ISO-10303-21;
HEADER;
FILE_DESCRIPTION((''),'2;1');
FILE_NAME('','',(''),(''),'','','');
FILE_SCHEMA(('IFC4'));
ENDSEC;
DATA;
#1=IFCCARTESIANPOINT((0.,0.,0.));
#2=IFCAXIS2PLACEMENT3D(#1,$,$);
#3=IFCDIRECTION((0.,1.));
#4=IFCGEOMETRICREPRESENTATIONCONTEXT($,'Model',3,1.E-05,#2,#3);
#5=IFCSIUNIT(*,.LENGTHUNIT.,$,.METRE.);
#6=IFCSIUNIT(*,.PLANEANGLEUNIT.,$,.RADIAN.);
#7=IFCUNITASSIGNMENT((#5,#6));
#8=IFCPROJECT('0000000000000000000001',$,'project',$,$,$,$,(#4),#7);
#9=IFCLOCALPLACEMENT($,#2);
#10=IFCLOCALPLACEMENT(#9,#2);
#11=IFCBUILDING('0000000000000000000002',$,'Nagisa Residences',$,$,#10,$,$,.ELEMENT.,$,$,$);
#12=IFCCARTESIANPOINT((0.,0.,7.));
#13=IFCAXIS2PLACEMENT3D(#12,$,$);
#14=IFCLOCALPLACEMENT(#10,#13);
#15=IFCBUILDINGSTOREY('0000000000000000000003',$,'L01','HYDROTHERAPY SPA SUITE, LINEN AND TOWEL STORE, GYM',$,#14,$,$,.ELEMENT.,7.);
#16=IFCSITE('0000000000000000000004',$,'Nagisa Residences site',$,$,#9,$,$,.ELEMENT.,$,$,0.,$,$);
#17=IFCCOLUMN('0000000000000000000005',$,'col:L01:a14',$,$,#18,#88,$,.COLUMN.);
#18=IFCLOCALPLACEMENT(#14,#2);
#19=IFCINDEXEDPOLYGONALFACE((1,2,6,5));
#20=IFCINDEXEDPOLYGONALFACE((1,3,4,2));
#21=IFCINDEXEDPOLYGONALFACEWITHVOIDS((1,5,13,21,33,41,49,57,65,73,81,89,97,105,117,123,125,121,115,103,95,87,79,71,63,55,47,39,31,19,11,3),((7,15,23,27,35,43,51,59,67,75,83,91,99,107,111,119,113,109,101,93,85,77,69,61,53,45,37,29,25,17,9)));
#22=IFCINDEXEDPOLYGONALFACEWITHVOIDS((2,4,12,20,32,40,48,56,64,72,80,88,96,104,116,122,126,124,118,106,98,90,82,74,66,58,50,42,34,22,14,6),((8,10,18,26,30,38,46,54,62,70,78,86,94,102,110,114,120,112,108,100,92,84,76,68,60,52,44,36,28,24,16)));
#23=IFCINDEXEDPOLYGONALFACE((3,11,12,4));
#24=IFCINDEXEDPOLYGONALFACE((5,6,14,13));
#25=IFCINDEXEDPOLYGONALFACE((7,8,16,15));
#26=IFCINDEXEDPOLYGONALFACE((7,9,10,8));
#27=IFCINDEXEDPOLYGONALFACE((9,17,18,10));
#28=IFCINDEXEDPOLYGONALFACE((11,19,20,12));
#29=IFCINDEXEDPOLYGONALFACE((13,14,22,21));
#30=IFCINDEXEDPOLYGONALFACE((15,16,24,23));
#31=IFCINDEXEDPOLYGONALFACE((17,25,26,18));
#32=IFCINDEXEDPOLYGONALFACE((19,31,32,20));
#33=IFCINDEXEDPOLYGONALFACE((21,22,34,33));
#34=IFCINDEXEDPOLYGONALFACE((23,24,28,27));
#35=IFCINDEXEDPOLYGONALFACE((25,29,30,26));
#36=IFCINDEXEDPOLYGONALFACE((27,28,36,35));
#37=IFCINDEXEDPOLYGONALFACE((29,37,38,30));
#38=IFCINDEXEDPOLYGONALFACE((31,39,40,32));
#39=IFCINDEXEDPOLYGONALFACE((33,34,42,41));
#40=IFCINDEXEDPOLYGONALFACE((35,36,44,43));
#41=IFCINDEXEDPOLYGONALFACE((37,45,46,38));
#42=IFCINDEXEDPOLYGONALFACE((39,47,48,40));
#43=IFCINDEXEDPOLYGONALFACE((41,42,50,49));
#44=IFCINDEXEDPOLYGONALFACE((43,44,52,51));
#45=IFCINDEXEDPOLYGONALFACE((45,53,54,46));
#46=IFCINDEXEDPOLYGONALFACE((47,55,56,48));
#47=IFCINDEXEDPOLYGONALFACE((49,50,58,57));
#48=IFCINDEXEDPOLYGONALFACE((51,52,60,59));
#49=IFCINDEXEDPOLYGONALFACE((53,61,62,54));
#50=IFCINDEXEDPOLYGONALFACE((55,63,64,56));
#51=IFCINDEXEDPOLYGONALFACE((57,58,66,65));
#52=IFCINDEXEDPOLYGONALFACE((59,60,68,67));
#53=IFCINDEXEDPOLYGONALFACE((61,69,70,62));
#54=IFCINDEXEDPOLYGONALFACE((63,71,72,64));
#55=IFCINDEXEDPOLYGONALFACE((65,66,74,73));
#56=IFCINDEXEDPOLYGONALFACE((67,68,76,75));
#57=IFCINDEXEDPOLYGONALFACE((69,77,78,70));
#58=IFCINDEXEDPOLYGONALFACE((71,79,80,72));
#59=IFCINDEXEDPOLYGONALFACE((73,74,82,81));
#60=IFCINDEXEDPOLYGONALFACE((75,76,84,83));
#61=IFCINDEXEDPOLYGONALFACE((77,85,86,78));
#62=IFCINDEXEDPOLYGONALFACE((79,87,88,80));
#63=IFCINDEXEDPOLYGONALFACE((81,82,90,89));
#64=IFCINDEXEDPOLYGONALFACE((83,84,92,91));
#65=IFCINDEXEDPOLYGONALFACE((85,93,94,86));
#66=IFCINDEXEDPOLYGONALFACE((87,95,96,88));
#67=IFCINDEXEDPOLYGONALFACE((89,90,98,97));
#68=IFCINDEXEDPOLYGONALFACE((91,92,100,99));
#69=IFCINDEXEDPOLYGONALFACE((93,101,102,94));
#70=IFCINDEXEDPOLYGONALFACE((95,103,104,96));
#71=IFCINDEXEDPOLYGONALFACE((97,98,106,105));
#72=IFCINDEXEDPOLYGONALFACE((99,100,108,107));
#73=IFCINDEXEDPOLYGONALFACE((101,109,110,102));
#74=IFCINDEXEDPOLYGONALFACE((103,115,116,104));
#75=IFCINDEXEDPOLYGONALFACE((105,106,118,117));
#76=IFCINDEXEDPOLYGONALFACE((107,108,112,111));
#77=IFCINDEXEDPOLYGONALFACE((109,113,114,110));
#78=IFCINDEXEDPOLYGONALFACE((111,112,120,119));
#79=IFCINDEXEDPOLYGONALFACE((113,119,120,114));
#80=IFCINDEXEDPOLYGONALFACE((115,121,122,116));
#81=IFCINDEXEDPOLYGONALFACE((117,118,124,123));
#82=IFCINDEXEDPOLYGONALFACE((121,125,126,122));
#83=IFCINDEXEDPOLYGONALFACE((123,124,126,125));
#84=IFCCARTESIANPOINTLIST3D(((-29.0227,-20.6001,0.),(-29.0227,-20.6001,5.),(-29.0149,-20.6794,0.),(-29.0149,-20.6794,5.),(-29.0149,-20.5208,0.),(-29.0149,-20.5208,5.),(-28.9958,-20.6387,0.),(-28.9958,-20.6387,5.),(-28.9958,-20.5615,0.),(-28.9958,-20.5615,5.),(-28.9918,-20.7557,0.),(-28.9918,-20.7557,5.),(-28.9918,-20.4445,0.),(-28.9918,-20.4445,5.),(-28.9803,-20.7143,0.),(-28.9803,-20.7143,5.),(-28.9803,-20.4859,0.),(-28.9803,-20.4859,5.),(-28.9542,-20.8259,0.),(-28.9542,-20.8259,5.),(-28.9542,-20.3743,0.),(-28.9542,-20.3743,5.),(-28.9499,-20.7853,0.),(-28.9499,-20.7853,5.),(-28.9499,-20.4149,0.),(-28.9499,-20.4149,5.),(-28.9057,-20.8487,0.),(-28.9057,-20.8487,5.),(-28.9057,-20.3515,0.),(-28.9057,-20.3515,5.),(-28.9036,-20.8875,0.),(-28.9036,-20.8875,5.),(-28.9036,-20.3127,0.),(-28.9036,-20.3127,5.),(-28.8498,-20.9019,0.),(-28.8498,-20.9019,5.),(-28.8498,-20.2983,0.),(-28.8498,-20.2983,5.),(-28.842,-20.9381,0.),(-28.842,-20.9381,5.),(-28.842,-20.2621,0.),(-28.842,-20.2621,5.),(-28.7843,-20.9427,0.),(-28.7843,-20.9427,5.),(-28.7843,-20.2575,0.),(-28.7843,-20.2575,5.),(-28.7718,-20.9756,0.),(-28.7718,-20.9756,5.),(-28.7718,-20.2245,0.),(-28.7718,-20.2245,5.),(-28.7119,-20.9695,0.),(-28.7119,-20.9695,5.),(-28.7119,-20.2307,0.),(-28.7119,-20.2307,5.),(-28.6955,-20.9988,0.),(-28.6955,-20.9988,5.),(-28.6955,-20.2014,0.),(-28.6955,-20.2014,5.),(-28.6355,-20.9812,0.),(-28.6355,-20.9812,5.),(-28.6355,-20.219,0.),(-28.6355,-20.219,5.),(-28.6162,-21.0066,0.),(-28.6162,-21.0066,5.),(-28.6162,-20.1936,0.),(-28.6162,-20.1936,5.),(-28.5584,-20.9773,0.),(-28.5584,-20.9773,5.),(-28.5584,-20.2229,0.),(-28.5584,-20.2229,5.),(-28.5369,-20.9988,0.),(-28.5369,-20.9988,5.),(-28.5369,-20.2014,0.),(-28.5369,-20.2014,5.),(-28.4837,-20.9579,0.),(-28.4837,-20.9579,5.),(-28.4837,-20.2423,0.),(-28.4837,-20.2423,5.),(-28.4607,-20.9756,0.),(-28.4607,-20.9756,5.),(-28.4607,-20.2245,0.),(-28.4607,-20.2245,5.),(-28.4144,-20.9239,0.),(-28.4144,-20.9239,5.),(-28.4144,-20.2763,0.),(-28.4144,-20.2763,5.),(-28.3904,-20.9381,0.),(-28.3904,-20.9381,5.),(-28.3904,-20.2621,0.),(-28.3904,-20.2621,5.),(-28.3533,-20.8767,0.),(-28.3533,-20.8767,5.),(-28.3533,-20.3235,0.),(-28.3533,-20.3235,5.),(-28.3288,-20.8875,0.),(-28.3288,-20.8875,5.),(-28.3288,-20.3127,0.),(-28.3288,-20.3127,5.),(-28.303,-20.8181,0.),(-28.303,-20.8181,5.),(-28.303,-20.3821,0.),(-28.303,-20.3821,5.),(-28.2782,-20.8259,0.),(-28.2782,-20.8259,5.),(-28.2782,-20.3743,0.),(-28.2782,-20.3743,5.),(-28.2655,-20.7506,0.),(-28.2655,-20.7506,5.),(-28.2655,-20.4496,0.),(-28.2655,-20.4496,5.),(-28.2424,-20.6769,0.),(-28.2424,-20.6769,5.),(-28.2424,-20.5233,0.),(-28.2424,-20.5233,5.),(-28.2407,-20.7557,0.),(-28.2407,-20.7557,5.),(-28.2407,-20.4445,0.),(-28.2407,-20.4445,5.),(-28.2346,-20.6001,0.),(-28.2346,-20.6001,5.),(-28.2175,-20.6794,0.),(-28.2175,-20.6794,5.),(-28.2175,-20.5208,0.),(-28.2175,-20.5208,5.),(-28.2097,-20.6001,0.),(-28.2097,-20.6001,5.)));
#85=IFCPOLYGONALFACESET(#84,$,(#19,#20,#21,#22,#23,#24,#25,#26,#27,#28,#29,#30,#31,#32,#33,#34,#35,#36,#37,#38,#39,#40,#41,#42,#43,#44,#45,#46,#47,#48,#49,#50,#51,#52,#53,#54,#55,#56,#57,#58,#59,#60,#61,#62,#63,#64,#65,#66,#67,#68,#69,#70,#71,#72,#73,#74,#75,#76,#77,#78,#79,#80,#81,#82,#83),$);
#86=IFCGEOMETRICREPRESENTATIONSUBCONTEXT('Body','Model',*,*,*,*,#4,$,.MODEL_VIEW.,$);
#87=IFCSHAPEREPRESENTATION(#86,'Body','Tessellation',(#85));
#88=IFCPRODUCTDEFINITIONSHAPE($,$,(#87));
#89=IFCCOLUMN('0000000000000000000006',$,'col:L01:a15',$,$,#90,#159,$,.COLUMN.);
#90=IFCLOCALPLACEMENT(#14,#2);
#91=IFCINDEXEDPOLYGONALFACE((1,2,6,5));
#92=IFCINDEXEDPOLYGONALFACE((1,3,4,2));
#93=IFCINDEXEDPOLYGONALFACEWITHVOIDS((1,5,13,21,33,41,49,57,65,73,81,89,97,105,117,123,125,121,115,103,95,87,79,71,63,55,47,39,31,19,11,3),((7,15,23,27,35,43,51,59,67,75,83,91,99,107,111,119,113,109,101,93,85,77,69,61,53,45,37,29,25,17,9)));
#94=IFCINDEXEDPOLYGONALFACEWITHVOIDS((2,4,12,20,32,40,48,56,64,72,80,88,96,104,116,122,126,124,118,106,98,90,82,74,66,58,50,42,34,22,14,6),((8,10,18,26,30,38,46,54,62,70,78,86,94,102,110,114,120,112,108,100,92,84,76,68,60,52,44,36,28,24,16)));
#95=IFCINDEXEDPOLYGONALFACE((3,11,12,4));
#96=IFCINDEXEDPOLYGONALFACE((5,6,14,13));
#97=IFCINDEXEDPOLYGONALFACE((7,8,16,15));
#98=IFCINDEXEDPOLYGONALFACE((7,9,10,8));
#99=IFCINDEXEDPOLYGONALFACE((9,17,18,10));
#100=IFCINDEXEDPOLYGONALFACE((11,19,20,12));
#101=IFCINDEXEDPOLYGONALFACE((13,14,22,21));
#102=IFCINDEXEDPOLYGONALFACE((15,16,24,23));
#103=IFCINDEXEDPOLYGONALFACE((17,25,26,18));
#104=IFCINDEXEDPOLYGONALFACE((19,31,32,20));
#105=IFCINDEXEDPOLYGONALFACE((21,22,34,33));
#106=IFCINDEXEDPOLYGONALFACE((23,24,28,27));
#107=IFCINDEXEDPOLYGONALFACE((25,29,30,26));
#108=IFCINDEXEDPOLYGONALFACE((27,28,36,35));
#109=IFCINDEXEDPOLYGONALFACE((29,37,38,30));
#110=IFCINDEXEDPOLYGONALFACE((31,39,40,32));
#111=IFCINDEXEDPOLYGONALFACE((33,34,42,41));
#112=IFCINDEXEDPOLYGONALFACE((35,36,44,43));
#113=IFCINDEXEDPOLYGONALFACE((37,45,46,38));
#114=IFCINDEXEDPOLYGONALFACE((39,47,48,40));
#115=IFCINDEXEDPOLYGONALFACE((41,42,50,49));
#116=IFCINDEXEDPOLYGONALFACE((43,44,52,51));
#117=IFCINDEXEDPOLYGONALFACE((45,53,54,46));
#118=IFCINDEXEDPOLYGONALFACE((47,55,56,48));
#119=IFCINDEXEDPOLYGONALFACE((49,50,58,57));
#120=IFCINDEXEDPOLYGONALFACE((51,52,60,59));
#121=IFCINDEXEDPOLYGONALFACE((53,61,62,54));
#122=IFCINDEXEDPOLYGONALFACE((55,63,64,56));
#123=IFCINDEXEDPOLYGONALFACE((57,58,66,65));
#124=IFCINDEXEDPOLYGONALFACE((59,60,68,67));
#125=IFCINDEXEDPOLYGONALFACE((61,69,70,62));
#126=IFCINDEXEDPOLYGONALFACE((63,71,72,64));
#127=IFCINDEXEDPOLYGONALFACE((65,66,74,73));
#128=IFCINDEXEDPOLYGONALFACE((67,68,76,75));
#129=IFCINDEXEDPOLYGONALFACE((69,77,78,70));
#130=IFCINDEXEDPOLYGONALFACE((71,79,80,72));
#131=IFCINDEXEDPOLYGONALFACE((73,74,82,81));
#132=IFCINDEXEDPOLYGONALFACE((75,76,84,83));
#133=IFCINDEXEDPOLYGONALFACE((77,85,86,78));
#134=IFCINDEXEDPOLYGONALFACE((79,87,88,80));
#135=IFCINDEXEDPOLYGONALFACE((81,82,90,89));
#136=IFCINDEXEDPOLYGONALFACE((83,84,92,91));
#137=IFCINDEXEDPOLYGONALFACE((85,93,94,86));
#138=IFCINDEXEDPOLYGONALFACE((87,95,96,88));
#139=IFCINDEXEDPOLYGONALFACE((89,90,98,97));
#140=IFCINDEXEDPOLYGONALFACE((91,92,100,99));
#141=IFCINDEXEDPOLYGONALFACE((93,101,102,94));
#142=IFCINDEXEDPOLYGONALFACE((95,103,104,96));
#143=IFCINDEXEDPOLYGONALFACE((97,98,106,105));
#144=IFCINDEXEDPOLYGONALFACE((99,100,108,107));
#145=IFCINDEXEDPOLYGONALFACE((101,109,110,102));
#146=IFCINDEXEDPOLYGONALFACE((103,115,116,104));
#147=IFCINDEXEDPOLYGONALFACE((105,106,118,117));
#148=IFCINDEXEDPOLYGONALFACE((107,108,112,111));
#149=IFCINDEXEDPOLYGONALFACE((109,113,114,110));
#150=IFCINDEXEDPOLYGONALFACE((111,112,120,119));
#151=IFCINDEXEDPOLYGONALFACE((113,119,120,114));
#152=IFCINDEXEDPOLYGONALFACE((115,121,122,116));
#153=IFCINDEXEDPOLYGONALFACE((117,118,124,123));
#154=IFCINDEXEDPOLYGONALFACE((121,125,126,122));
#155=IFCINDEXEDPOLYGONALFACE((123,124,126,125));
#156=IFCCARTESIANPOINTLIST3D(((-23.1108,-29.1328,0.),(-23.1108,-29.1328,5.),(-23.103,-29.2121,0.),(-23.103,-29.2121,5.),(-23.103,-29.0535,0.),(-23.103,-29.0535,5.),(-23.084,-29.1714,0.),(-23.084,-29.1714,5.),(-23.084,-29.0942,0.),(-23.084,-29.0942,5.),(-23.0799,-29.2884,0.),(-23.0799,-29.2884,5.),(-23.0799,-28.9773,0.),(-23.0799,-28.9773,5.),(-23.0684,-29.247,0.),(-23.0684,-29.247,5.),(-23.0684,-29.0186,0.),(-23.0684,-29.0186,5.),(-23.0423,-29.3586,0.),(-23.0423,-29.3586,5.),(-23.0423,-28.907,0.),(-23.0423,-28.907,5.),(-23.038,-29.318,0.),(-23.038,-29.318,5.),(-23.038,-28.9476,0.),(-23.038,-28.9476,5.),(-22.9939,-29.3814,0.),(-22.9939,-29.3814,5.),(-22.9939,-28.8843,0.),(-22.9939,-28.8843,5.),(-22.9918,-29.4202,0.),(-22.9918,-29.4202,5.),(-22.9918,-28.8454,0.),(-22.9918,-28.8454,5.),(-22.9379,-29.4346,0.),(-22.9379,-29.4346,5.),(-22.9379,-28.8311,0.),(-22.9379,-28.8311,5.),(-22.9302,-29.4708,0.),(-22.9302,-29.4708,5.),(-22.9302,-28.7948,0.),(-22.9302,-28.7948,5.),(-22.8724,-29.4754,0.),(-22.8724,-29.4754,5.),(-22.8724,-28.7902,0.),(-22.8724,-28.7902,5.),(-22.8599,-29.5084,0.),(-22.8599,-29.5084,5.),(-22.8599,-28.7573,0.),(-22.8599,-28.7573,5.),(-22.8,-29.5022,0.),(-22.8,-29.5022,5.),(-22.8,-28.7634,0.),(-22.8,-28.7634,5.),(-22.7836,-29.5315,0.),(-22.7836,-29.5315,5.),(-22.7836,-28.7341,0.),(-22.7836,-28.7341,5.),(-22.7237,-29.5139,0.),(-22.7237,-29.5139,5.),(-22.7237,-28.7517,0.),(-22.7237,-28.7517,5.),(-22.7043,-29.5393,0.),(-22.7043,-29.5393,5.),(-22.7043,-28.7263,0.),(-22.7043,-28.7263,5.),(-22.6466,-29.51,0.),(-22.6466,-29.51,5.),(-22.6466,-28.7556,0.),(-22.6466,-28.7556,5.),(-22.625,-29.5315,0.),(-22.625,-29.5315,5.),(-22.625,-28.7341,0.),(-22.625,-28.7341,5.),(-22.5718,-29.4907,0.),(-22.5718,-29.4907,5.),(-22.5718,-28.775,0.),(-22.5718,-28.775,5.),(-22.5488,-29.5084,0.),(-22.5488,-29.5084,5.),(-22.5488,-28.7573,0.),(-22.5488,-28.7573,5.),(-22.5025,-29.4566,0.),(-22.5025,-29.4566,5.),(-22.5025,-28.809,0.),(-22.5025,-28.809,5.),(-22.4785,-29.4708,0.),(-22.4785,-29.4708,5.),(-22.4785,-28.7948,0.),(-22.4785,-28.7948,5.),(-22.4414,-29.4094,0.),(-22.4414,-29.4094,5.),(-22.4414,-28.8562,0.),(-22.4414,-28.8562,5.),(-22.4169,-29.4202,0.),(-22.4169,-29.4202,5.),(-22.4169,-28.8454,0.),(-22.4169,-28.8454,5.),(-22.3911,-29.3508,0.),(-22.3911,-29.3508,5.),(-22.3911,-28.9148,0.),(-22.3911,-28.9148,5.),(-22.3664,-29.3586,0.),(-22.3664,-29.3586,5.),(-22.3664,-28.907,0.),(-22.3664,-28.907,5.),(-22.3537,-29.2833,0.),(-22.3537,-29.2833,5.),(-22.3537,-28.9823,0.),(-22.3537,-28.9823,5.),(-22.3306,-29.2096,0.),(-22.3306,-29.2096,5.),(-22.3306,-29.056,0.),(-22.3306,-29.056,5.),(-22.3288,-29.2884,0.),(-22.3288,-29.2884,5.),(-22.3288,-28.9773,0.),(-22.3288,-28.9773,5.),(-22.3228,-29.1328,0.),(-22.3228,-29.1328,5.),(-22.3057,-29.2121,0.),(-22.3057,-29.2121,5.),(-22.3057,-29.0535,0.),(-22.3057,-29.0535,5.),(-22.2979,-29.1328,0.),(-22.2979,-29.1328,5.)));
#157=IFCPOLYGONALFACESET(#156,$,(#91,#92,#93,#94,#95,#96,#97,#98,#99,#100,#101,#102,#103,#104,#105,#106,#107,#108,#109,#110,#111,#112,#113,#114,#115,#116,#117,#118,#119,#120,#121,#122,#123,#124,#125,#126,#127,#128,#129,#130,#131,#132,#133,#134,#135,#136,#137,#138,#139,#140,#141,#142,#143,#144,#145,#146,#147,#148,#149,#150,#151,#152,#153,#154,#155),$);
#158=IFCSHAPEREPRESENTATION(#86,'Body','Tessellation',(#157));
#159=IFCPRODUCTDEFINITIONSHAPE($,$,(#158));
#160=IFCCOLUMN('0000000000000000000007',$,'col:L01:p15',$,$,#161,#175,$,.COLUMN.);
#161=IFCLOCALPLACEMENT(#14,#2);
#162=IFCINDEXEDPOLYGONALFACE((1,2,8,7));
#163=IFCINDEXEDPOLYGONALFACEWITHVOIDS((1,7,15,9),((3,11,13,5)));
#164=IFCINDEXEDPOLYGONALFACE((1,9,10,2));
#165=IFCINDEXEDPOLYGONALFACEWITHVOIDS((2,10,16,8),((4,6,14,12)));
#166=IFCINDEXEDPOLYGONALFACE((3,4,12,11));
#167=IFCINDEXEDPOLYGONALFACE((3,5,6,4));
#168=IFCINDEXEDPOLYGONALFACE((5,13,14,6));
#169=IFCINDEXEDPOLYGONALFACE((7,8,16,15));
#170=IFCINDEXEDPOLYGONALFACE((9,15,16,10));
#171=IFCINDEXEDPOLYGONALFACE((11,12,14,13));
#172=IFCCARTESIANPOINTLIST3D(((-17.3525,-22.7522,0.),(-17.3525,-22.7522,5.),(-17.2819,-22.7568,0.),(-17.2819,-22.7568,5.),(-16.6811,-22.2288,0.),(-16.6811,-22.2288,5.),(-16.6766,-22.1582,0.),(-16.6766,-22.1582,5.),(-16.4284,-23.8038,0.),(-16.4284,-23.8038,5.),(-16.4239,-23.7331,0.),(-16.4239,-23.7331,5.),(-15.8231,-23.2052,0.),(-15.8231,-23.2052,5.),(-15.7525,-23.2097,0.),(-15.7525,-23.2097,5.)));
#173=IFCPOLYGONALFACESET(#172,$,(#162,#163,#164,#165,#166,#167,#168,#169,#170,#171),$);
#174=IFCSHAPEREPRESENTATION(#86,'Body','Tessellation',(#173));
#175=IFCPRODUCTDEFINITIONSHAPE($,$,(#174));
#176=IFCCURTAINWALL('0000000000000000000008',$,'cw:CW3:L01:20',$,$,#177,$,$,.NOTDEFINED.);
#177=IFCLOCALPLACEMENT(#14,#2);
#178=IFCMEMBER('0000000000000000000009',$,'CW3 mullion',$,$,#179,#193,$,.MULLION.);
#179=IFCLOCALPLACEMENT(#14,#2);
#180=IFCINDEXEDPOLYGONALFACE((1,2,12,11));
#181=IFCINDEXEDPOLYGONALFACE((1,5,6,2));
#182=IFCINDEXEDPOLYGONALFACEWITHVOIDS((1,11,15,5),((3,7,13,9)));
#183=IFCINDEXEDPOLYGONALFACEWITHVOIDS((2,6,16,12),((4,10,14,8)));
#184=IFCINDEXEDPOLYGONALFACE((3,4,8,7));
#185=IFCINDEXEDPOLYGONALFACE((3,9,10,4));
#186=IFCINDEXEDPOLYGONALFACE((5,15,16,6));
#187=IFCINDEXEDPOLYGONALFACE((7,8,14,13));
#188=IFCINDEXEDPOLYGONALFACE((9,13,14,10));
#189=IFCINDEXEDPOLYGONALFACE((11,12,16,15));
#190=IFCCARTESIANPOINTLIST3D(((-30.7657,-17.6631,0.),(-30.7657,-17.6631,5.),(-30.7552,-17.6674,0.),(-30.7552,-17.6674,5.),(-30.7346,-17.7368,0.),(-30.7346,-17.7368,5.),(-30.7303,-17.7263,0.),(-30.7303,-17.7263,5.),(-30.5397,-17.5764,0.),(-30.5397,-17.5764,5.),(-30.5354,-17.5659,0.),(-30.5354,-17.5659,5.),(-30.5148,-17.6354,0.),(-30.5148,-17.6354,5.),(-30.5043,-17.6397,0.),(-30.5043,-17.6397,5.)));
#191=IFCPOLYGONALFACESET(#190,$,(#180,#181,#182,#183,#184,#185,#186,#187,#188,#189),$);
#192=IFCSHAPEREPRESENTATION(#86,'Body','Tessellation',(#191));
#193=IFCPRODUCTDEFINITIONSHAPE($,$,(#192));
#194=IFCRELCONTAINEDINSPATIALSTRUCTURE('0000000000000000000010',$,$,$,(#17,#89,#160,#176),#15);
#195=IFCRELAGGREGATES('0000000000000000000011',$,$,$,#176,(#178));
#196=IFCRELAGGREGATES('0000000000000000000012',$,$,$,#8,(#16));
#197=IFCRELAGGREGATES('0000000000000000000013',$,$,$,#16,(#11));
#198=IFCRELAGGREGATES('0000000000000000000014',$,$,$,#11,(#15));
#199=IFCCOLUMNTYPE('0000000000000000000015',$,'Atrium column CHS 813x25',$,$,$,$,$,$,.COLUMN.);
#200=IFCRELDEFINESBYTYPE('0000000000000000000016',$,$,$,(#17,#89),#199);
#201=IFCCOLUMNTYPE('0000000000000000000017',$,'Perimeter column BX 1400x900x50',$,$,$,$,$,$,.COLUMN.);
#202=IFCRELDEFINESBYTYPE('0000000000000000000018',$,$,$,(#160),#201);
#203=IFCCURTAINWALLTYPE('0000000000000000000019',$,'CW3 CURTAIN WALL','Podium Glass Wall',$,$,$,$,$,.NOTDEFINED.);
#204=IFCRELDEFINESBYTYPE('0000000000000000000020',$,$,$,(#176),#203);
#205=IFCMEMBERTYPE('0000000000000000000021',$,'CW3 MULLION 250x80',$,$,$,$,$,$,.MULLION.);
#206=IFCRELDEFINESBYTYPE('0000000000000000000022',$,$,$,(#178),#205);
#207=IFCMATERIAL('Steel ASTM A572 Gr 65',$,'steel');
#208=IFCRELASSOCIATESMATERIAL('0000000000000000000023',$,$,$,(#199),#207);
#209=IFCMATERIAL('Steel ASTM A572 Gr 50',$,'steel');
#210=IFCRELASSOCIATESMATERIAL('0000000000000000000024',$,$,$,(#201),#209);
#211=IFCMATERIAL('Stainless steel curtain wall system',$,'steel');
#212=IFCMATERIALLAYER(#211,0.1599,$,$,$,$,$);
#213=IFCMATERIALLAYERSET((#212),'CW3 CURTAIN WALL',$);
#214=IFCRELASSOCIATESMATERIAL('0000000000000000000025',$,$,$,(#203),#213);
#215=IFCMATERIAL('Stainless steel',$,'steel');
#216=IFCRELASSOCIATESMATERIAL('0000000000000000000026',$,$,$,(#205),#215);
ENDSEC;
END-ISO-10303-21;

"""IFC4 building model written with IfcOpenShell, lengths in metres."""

from ifc_helpers import new_model, si_unit, direction, frame, origin, origin_2d, place, context, subcontext, project, spatial, hollow_rectangle, hollow_circle, extrude, material, layer, layer_set, material_profile, profile_set, type_object, element, aggregate, save


model = new_model("IFC4")

# Units and contexts
model_context = context("Model", 3, precision=1e-05, world=origin(), true_north=direction((0.0, 1.0)))
body_context = subcontext(model_context, "Body", "Model", "MODEL_VIEW")
ifc_project = project(units=[si_unit("LENGTHUNIT", "METRE"), si_unit("PLANEANGLEUNIT", "RADIAN")], contexts=[model_context])

# Site, building, storey
site_placement = place(None, origin())
site = spatial("IfcSite", under=ifc_project, at=site_placement, Name="Nagisa Residences site", CompositionType="ELEMENT", RefElevation=0.0)
building_placement = place(site_placement, origin())
building = spatial("IfcBuilding", under=site, at=building_placement, Name="Nagisa Residences", CompositionType="ELEMENT")
storey_placement = place(building_placement, frame((0.0, 0.0, 7.0)))
storey = spatial("IfcBuildingStorey", under=building, at=storey_placement, Name="L01", Description="HYDROTHERAPY SPA SUITE, LINEN AND TOWEL STORE, GYM", CompositionType="ELEMENT", Elevation=7.0)

# Columns
ifc_material_1 = material(Name="Steel ASTM A572 Gr 65", Category="steel")
ifc_material_profile_1 = material_profile(ifc_material_1, hollow_circle(Radius=0.4065, WallThickness=0.0249, at=origin_2d()), Name="CHS 813x25")
ifc_profile_set_1 = profile_set([ifc_material_profile_1], Name="Steel ASTM A572 Gr 65")
column_type_1 = type_object("IfcColumnType", Name="Atrium column CHS 813x25", PredefinedType="COLUMN", material=ifc_profile_set_1)
for number, where, z_axis, x_axis, name in (
    (1, (-28.6162, -20.6001, 0.0), (0.0, 0.0, 1.0), (1.0, 0.0, 0.0), "col:L01:a14"),
    (2, (-22.7043, -29.1328, 0.0), (0.0, 0.0, 1.0), (1.0, 0.0, 0.0), "col:L01:a15"),
):
    element("IfcColumn", number, at=place(storey_placement, frame(where, z_axis=z_axis, x_axis=x_axis)), inside=storey, type_object=column_type_1, Name=name, PredefinedType="COLUMN", context=body_context, shape_type="SweptSolid", body=[
        extrude(hollow_circle(Radius=0.4065, WallThickness=0.0249, at=origin_2d()), origin(), (0.0, 0.0, 1.0), 5.0),
    ])
ifc_material_2 = material(Name="Steel ASTM A572 Gr 50", Category="steel")
ifc_material_profile_2 = material_profile(ifc_material_2, hollow_rectangle(XDim=1.3999, YDim=0.8999, WallThickness=0.05, at=origin_2d()), Name="BX 1400x900x50")
ifc_profile_set_2 = profile_set([ifc_material_profile_2], Name="Steel ASTM A572 Gr 50")
column_type_2 = type_object("IfcColumnType", Name="Perimeter column BX 1400x900x50", PredefinedType="COLUMN", material=ifc_profile_set_2)
column_placement = place(storey_placement, frame((-16.5525, -22.981, 0.0), z_axis=(0.0, 0.0, 1.0), x_axis=(0.660115, -0.751165, 0.0)))
element("IfcColumn", 3, at=column_placement, inside=storey, type_object=column_type_2, Name="col:L01:p15", PredefinedType="COLUMN", context=body_context, shape_type="SweptSolid", body=[
    extrude(hollow_rectangle(XDim=1.3999, YDim=0.8999, WallThickness=0.05, at=origin_2d()), origin(), (0.0, 0.0, 1.0), 5.0),
])

# Curtain wall, member
ifc_material_3 = material(Name="Stainless steel curtain wall system", Category="steel")
ifc_layer_1 = layer(ifc_material_3, 0.1599)
ifc_layer_set_1 = layer_set([ifc_layer_1], Name="CW3 CURTAIN WALL")
curtain_wall_type_1 = type_object("IfcCurtainWallType", Name="CW3 CURTAIN WALL", Description="Podium Glass Wall", PredefinedType="NOTDEFINED", material=ifc_layer_set_1)
curtain_wall_1_placement = place(storey_placement, origin())
curtain_wall_1 = element("IfcCurtainWall", 4, at=curtain_wall_1_placement, inside=storey, type_object=curtain_wall_type_1, Name="cw:CW3:L01:20", PredefinedType="NOTDEFINED")
ifc_material_4 = material(Name="Stainless steel", Category="steel")
ifc_material_profile_3 = material_profile(ifc_material_4, hollow_rectangle(XDim=0.25, YDim=0.0801, WallThickness=0.0081, at=origin_2d()), Name="CW3 MULLION 250x80")
ifc_profile_set_3 = profile_set([ifc_material_profile_3], Name="Stainless steel")
member_type_1 = type_object("IfcMemberType", Name="CW3 MULLION 250x80", PredefinedType="MULLION", material=ifc_profile_set_3)
member_1_placement = place(storey_placement, frame((-30.635, -17.6514, 0.0), z_axis=(0.0, 0.0, 1.0), x_axis=(0.921357, 0.388718, 0.0)))
member_1 = element("IfcMember", 5, at=member_1_placement, type_object=member_type_1, Name="CW3 mullion", PredefinedType="MULLION", context=body_context, shape_type="SweptSolid", body=[
    extrude(hollow_rectangle(XDim=0.25, YDim=0.0801, WallThickness=0.0081, at=origin_2d()), origin(), (0.0, 0.0, 1.0), 5.0),
])

aggregate(curtain_wall_1, [member_1])

save(model, "model.ifc")
